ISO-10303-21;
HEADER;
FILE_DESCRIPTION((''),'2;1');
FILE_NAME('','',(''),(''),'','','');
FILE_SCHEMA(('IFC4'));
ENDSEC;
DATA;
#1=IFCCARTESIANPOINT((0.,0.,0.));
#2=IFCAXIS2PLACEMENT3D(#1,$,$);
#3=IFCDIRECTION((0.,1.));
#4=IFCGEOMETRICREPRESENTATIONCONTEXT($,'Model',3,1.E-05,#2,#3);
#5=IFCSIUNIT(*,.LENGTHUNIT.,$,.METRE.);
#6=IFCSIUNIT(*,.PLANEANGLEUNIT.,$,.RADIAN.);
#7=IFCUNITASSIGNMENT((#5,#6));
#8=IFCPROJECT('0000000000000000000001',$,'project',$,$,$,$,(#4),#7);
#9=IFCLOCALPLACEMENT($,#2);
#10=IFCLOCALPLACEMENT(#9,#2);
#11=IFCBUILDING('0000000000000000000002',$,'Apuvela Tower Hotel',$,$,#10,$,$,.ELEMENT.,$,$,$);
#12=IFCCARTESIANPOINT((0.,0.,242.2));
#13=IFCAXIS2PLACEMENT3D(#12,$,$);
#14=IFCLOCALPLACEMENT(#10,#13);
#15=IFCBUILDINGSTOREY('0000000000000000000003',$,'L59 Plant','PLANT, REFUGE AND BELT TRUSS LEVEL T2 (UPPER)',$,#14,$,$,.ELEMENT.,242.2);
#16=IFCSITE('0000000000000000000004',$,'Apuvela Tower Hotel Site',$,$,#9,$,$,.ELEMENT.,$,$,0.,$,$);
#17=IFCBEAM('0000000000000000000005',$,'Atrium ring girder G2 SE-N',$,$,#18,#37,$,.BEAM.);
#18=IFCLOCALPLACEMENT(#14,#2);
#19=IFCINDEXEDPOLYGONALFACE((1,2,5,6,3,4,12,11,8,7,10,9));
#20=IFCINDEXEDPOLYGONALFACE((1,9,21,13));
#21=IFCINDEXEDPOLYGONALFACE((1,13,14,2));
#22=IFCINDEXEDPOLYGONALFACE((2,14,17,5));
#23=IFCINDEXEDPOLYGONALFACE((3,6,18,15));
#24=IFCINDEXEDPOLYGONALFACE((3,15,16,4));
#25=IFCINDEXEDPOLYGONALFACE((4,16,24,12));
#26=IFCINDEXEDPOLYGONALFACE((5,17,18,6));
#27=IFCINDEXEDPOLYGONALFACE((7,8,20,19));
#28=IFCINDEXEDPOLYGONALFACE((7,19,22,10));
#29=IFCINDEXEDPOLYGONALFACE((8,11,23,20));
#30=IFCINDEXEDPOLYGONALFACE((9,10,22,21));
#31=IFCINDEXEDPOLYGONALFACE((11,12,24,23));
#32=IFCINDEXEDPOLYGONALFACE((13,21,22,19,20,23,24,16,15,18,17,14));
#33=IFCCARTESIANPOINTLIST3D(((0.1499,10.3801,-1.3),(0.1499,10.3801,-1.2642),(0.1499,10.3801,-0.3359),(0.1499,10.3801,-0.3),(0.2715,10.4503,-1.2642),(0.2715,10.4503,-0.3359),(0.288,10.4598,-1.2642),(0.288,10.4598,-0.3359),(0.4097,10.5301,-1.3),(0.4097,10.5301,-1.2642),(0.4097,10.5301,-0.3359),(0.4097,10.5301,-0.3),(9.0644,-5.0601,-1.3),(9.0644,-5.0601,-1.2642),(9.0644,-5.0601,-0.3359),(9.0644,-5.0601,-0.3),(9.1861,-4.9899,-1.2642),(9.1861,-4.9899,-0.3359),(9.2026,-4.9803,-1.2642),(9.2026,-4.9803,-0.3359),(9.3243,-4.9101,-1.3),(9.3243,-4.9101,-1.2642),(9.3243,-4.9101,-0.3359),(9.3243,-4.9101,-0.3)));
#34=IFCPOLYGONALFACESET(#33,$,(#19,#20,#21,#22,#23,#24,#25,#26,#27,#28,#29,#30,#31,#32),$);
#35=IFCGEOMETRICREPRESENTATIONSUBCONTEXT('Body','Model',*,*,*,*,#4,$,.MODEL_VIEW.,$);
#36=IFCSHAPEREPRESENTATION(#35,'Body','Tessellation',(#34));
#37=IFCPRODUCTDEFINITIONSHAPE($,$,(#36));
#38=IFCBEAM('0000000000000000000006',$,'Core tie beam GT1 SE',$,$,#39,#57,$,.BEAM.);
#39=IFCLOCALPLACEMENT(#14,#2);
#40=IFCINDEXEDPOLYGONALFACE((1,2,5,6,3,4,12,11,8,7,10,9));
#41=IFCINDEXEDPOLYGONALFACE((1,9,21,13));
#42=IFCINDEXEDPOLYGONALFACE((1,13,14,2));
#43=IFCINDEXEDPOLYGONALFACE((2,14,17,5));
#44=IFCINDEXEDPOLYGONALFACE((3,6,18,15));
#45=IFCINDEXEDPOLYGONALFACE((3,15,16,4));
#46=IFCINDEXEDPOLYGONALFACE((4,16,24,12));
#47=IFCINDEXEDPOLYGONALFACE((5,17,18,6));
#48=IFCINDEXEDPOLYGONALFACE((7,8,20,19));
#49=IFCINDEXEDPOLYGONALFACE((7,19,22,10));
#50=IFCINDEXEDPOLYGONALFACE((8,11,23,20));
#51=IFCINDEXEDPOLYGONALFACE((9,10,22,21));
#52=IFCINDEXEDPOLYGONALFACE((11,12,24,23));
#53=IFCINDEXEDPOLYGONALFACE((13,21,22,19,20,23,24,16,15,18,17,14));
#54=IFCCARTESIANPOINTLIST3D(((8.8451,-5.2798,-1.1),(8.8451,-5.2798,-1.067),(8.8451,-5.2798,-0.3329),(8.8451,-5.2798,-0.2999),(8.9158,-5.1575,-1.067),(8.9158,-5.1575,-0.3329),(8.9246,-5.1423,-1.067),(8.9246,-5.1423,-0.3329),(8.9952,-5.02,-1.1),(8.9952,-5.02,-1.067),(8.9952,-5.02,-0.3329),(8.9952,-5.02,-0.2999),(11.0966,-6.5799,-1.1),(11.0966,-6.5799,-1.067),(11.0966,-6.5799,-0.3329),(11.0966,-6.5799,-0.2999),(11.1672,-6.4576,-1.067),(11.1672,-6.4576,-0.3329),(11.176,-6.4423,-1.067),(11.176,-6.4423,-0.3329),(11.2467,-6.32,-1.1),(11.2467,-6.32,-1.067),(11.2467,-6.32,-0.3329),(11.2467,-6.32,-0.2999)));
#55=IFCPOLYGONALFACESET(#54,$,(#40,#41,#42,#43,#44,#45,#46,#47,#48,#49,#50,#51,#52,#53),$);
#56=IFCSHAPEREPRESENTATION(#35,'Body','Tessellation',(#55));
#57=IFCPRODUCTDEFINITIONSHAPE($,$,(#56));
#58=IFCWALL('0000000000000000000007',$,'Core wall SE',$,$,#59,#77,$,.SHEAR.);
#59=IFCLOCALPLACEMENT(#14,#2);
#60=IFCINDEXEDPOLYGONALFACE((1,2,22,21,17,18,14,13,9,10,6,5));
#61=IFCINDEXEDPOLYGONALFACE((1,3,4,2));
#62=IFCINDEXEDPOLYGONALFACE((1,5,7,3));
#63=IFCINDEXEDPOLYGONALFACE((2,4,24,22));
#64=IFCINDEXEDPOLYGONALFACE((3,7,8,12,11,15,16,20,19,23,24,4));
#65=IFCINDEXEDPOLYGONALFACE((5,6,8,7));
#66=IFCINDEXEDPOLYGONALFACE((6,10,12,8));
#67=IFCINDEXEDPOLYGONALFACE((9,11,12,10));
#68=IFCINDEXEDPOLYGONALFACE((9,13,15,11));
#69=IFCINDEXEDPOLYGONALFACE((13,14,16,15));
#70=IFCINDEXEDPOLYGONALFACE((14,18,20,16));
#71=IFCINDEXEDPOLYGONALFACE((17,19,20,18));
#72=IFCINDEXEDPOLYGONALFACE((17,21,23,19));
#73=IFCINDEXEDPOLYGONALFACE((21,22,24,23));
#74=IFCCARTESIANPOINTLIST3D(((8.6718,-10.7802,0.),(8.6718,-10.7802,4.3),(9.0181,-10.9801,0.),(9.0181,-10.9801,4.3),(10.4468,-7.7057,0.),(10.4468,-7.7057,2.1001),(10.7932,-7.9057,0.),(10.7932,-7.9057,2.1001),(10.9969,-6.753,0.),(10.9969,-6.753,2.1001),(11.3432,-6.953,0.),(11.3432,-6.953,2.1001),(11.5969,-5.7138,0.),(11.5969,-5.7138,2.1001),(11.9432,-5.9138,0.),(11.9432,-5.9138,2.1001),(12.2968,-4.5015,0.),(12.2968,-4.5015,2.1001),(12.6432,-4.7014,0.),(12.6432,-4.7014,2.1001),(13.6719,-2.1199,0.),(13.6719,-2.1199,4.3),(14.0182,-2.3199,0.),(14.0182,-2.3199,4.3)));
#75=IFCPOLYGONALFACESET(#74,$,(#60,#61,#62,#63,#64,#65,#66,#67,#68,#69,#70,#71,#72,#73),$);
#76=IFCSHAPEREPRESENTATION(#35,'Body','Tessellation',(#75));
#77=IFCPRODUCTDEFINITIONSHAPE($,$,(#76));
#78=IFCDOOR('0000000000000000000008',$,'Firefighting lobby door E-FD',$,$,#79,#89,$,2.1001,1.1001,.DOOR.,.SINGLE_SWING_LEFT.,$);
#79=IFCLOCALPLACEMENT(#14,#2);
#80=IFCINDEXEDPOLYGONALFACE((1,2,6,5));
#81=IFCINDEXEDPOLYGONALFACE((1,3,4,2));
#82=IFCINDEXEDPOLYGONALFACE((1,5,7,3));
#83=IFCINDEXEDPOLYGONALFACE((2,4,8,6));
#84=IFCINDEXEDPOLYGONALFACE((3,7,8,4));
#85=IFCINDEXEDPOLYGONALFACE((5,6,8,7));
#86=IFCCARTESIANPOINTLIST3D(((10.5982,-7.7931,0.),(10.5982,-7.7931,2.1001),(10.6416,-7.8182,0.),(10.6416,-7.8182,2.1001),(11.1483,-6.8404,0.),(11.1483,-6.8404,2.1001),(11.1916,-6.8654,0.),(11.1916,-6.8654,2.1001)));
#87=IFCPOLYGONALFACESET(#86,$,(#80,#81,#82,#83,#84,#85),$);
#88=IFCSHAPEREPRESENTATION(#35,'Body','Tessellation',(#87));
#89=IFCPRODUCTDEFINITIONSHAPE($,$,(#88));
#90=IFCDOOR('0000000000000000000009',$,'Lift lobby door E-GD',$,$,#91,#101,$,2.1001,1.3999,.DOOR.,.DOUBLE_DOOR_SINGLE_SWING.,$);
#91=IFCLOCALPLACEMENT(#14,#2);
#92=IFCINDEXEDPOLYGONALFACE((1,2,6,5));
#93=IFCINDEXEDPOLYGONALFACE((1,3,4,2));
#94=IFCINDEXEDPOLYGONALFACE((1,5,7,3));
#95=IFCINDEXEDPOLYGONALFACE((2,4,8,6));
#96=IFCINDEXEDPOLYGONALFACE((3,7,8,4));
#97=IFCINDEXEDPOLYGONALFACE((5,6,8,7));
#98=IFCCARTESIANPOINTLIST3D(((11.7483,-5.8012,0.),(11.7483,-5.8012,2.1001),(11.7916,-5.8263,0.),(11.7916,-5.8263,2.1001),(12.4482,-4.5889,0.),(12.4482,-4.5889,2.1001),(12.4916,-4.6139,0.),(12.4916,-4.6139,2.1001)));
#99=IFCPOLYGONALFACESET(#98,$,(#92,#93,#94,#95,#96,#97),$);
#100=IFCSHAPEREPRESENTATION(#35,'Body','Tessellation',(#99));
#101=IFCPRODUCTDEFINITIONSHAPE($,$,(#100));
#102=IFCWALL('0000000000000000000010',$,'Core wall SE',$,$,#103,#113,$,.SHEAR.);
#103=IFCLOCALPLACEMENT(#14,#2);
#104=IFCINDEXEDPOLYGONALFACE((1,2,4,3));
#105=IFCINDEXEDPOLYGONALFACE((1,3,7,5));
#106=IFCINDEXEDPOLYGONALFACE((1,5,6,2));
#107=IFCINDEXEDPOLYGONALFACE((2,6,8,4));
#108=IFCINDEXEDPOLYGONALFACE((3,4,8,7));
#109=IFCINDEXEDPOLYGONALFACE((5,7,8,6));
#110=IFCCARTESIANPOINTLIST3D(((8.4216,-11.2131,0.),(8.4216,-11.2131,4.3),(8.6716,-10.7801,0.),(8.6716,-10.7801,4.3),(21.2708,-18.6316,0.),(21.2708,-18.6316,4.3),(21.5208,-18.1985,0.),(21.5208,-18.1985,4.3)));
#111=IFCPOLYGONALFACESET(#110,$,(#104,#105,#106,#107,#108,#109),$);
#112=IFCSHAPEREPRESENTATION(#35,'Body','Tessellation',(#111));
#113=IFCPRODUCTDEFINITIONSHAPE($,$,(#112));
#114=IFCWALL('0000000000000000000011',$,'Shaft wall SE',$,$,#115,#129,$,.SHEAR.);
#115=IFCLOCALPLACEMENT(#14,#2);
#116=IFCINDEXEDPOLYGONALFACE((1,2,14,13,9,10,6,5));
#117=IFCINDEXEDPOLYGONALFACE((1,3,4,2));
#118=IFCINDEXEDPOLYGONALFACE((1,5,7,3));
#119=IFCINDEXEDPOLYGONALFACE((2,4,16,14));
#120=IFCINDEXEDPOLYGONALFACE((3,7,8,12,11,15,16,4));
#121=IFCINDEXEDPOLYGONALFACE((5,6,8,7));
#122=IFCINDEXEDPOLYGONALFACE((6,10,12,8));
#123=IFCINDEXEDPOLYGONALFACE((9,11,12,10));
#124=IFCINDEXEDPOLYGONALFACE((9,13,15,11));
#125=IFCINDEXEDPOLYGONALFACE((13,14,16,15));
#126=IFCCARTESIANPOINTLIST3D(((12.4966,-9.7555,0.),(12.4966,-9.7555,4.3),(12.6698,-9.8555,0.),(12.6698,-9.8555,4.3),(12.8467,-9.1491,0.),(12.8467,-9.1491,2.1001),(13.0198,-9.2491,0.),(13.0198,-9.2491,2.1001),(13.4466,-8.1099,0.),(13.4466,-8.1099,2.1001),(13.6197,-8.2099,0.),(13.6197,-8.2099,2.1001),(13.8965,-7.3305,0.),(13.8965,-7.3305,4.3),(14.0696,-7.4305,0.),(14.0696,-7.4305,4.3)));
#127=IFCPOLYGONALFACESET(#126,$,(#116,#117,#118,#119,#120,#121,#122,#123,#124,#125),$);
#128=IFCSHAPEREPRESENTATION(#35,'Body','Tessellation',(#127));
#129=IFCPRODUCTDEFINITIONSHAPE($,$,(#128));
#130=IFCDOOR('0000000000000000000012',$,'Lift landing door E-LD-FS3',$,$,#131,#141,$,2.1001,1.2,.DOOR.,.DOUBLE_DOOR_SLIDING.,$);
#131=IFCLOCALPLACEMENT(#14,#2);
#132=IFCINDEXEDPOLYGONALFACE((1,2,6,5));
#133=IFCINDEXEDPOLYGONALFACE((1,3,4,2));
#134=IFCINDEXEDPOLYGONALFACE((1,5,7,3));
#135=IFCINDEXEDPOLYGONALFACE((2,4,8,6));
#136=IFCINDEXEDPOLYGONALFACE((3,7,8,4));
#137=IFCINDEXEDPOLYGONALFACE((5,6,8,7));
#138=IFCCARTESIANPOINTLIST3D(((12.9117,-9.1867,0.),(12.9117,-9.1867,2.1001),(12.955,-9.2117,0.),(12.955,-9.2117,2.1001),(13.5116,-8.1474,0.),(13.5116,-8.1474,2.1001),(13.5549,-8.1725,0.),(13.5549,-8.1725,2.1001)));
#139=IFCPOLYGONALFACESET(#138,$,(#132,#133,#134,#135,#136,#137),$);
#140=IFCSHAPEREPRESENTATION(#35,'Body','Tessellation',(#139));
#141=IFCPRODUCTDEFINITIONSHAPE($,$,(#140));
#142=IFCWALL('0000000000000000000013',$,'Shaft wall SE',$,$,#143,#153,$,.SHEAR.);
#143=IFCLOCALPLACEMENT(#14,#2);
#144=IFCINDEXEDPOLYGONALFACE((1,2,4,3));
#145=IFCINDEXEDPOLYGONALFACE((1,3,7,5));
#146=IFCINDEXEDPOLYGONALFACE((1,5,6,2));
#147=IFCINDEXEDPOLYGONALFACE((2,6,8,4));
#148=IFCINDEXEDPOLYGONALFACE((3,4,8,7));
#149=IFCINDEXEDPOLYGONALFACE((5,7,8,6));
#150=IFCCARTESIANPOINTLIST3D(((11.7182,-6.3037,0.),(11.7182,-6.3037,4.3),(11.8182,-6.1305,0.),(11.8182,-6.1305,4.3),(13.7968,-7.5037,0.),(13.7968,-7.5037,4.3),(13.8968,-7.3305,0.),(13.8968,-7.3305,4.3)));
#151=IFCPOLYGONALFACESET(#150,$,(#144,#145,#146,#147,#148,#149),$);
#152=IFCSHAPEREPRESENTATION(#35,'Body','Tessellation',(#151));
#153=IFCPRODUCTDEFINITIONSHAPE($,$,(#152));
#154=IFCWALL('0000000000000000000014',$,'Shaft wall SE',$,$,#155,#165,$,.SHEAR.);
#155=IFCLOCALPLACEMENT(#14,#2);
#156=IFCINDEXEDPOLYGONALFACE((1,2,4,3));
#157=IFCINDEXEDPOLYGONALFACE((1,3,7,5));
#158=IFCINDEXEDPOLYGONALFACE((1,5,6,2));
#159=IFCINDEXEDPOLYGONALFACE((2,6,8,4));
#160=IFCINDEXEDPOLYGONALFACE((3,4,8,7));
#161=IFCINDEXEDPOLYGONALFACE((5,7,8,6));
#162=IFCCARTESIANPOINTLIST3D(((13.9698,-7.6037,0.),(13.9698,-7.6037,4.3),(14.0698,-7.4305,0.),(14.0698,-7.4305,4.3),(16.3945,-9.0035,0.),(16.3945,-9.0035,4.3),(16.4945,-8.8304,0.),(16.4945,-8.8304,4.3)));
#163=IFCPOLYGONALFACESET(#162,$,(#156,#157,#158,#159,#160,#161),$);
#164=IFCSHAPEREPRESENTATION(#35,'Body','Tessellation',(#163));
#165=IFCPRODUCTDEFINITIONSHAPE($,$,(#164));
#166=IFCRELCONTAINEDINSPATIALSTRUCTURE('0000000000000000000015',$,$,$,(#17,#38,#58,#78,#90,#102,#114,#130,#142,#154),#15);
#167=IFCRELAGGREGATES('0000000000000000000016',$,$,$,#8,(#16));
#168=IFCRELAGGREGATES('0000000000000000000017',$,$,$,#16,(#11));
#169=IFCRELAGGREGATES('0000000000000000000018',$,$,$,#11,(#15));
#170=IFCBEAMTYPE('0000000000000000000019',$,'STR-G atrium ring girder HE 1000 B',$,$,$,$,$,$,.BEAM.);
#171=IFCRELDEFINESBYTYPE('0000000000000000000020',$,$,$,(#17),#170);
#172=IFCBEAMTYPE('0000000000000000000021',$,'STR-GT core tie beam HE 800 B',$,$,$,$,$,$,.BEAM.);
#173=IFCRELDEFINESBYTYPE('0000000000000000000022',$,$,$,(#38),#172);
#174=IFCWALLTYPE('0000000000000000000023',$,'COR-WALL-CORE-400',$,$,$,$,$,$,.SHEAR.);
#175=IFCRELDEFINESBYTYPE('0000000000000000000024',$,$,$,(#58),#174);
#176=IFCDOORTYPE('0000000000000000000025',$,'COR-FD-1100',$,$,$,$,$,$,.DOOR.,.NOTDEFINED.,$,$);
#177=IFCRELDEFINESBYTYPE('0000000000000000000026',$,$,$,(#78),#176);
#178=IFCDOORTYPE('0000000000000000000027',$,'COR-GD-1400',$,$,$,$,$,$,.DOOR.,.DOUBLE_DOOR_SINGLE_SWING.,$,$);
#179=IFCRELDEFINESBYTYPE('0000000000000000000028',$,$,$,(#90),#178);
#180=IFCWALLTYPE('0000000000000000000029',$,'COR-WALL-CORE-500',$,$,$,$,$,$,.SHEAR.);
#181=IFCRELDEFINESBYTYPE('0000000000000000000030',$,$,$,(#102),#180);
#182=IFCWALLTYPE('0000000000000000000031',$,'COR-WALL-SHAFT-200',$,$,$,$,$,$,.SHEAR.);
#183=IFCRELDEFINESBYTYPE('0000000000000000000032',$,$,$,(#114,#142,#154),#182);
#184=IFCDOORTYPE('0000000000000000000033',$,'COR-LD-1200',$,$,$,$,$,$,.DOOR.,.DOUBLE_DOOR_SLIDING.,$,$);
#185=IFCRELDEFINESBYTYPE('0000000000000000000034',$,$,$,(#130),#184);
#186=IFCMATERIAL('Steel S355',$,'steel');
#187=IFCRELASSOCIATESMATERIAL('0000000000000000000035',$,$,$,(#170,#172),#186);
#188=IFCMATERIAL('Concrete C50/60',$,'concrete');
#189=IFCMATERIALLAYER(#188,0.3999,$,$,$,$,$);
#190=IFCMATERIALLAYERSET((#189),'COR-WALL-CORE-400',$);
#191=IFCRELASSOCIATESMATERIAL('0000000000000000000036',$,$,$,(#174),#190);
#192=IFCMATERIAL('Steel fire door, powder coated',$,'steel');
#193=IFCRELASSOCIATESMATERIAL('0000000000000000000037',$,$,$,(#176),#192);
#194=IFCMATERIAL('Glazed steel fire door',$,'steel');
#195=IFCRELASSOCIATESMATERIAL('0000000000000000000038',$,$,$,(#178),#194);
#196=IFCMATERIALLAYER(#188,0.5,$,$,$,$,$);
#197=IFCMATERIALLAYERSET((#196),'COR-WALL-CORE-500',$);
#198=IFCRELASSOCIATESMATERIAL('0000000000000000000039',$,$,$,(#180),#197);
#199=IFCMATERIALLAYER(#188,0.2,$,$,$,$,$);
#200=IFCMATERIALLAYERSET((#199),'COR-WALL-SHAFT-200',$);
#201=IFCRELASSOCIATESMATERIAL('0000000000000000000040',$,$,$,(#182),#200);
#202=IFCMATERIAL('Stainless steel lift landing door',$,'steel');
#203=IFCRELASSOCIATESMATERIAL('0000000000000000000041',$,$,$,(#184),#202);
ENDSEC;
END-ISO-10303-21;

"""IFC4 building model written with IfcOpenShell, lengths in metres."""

from ifc_helpers import new_model, si_unit, direction, frame, frame_2d, origin, origin_2d, place, context, subcontext, project, spatial, rectangle, i_section, extrude, material, layer, layer_set, material_profile, profile_set, type_object, element, fill, save


model = new_model("IFC4")

# Units and contexts
model_context = context("Model", 3, precision=1e-05, world=origin(), true_north=direction((0.0, 1.0)))
body_context = subcontext(model_context, "Body", "Model", "MODEL_VIEW")
ifc_project = project(units=[si_unit("LENGTHUNIT", "METRE"), si_unit("PLANEANGLEUNIT", "RADIAN")], contexts=[model_context])

# Site, building, storey
site_placement = place(None, origin())
site = spatial("IfcSite", under=ifc_project, at=site_placement, Name="Apuvela Tower Hotel Site", CompositionType="ELEMENT", RefElevation=0.0)
building_placement = place(site_placement, origin())
building = spatial("IfcBuilding", under=site, at=building_placement, Name="Apuvela Tower Hotel", CompositionType="ELEMENT")
storey_placement = place(building_placement, frame((0.0, 0.0, 242.2)))
storey = spatial("IfcBuildingStorey", under=building, at=storey_placement, Name="L59 Plant", Description="PLANT, REFUGE AND BELT TRUSS LEVEL T2 (UPPER)", CompositionType="ELEMENT", Elevation=242.2)

# Beams
ifc_material_1 = material(Name="Steel S355", Category="steel")
ifc_material_profile_1 = material_profile(ifc_material_1, i_section(OverallWidth=0.3, OverallDepth=1.0, WebThickness=0.019, FlangeThickness=0.0359, at=origin_2d()), Name="HE 1000 B")
ifc_profile_set_1 = profile_set([ifc_material_profile_1], Name="Steel S355")
beam_type_1 = type_object("IfcBeamType", Name="STR-G atrium ring girder HE 1000 B", PredefinedType="BEAM", material=ifc_profile_set_1)
beam_1_placement = place(storey_placement, frame((9.1943, -4.9851, -0.8), z_axis=(-0.500007, 0.866022, 0.0), x_axis=(-0.866022, -0.500007, 0.0)))
element("IfcBeam", 1, at=beam_1_placement, inside=storey, type_object=beam_type_1, Name="Atrium ring girder G2 SE-N", PredefinedType="BEAM", context=body_context, shape_type="SweptSolid", body=[
    extrude(i_section(OverallWidth=0.3, OverallDepth=1.0, WebThickness=0.019, FlangeThickness=0.0359, at=origin_2d()), origin(), (0.0, 0.0, 1.0), 17.8289),
])
ifc_material_profile_2 = material_profile(ifc_material_1, i_section(OverallWidth=0.3, OverallDepth=0.8, WebThickness=0.0176, FlangeThickness=0.033, at=origin_2d()), Name="HE 800 B")
ifc_profile_set_2 = profile_set([ifc_material_profile_2], Name="Steel S355")
beam_type_2 = type_object("IfcBeamType", Name="STR-GT core tie beam HE 800 B", PredefinedType="BEAM", material=ifc_profile_set_2)
beam_2_placement = place(storey_placement, frame((11.1716, -6.45, -0.7), z_axis=(-0.865998, 0.500048, 0.0), x_axis=(-0.500048, -0.865998, 0.0)))
element("IfcBeam", 2, at=beam_2_placement, inside=storey, type_object=beam_type_2, Name="Core tie beam GT1 SE", PredefinedType="BEAM", context=body_context, shape_type="SweptSolid", body=[
    extrude(i_section(OverallWidth=0.3, OverallDepth=0.8, WebThickness=0.0176, FlangeThickness=0.033, at=origin_2d()), origin(), (0.0, 0.0, 1.0), 2.5999),
])

# Wall, openings, doors
ifc_material_2 = material(Name="Concrete C50/60", Category="concrete")
ifc_layer_1 = layer(ifc_material_2, 0.3999)
ifc_layer_set_1 = layer_set([ifc_layer_1], Name="COR-WALL-CORE-400")
wall_type_1 = type_object("IfcWallType", Name="COR-WALL-CORE-400", PredefinedType="SHEAR", material=ifc_layer_set_1)
wall_1_placement = place(storey_placement, frame((8.845, -10.8801, 0.0), z_axis=(0.0, 0.0, 1.0), x_axis=(0.500004, 0.866023, 0.0)))
wall_1 = element("IfcWall", 3, at=wall_1_placement, inside=storey, type_object=wall_type_1, Name="Core wall SE", PredefinedType="SHEAR", context=body_context, shape_type="SweptSolid", body=[
    extrude(rectangle(XDim=10.0, YDim=0.3999, at=frame_2d((5.0, 0.0))), origin(), (0.0, 0.0, 1.0), 4.3),
])
opening_1_placement = place(wall_1_placement, frame((3.55, 0.0, 0.0)))
opening_1 = element("IfcOpeningElement", 4, at=opening_1_placement, cuts=wall_1, PredefinedType="OPENING", context=body_context, shape_type="SweptSolid", body=[
    extrude(rectangle(XDim=1.1001, YDim=2.1001, at=frame_2d((0.55, 1.05))), frame((0.0, 0.21, 0.0), z_axis=(0.0, -1.0, 0.0), x_axis=(1.0, 0.0, 0.0)), (0.0, 0.0, 1.0), 0.4199),
])
opening_2_placement = place(wall_1_placement, frame((5.8501, 0.0, 0.0)))
opening_2 = element("IfcOpeningElement", 5, at=opening_2_placement, cuts=wall_1, PredefinedType="OPENING", context=body_context, shape_type="SweptSolid", body=[
    extrude(rectangle(XDim=1.3999, YDim=2.1001, at=frame_2d((0.7, 1.05))), frame((0.0, 0.21, 0.0), z_axis=(0.0, -1.0, 0.0), x_axis=(1.0, 0.0, 0.0)), (0.0, 0.0, 1.0), 0.4199),
])
ifc_material_3 = material(Name="Steel fire door, powder coated", Category="steel")
door_type_1 = type_object("IfcDoorType", Name="COR-FD-1100", OperationType="NOTDEFINED", PredefinedType="DOOR", material=ifc_material_3)
door_1_placement = place(opening_1_placement, frame((1.1001, 0.0, 0.0), z_axis=(0.0, 0.0, 1.0), x_axis=(-1.0, 0.0, 0.0)))
door_1 = element("IfcDoor", 6, at=door_1_placement, inside=storey, type_object=door_type_1, Name="Firefighting lobby door E-FD", OperationType="SINGLE_SWING_LEFT", OverallHeight=2.1001, OverallWidth=1.1001, PredefinedType="DOOR", context=body_context, shape_type="SweptSolid", body=[
    extrude(rectangle(XDim=1.1001, YDim=2.1001, at=frame_2d((0.55, 1.05))), frame((0.0, 0.0249, 0.0), z_axis=(0.0, -1.0, 0.0), x_axis=(1.0, 0.0, 0.0)), (0.0, 0.0, 1.0), 0.05),
])
fill(opening_1, door_1)
ifc_material_4 = material(Name="Glazed steel fire door", Category="steel")
door_type_2 = type_object("IfcDoorType", Name="COR-GD-1400", OperationType="DOUBLE_DOOR_SINGLE_SWING", PredefinedType="DOOR", material=ifc_material_4)
door_2_placement = place(opening_2_placement, frame((1.3999, 0.0, 0.0), z_axis=(0.0, 0.0, 1.0), x_axis=(-1.0, 0.0, 0.0)))
door_2 = element("IfcDoor", 7, at=door_2_placement, inside=storey, type_object=door_type_2, Name="Lift lobby door E-GD", OperationType="DOUBLE_DOOR_SINGLE_SWING", OverallHeight=2.1001, OverallWidth=1.3999, PredefinedType="DOOR", context=body_context, shape_type="SweptSolid", body=[
    extrude(rectangle(XDim=1.3999, YDim=2.1001, at=frame_2d((0.7, 1.05))), frame((0.0, 0.0249, 0.0), z_axis=(0.0, -1.0, 0.0), x_axis=(1.0, 0.0, 0.0)), (0.0, 0.0, 1.0), 0.05),
])
fill(opening_2, door_2)

# Wall
ifc_layer_2 = layer(ifc_material_2, 0.5)
ifc_layer_set_2 = layer_set([ifc_layer_2], Name="COR-WALL-CORE-500")
wall_type_2 = type_object("IfcWallType", Name="COR-WALL-CORE-500", PredefinedType="SHEAR", material=ifc_layer_set_2)
wall_2_placement = place(storey_placement, frame((8.5466, -10.9966, 0.0), z_axis=(0.0, 0.0, 1.0), x_axis=(0.866025, -0.500001, 0.0)))
element("IfcWall", 8, at=wall_2_placement, inside=storey, type_object=wall_type_2, Name="Core wall SE", PredefinedType="SHEAR", context=body_context, shape_type="SweptSolid", body=[
    extrude(rectangle(XDim=14.8369, YDim=0.5, at=frame_2d((7.4185, 0.0))), origin(), (0.0, 0.0, 1.0), 4.3),
])

# Wall, opening, door
ifc_layer_3 = layer(ifc_material_2, 0.2)
ifc_layer_set_3 = layer_set([ifc_layer_3], Name="COR-WALL-SHAFT-200")
wall_type_3 = type_object("IfcWallType", Name="COR-WALL-SHAFT-200", PredefinedType="SHEAR", material=ifc_layer_set_3)
wall_3_placement = place(storey_placement, frame((12.5833, -9.8054, 0.0), z_axis=(0.0, 0.0, 1.0), x_axis=(0.499946, 0.866056, 0.0)))
wall_3 = element("IfcWall", 9, at=wall_3_placement, inside=storey, type_object=wall_type_3, Name="Shaft wall SE", PredefinedType="SHEAR", context=body_context, shape_type="SweptSolid", body=[
    extrude(rectangle(XDim=2.8, YDim=0.2, at=frame_2d((1.3999, 0.0))), origin(), (0.0, 0.0, 1.0), 4.3),
])
opening_3_placement = place(wall_3_placement, frame((0.7, 0.0, 0.0)))
opening_3 = element("IfcOpeningElement", 10, at=opening_3_placement, cuts=wall_3, PredefinedType="OPENING", context=body_context, shape_type="SweptSolid", body=[
    extrude(rectangle(XDim=1.2, YDim=2.1001, at=frame_2d((0.6001, 1.05))), frame((0.0, 0.1099, 0.0), z_axis=(0.0, -1.0, 0.0), x_axis=(1.0, 0.0, 0.0)), (0.0, 0.0, 1.0), 0.22),
])
ifc_material_5 = material(Name="Stainless steel lift landing door", Category="steel")
door_type_3 = type_object("IfcDoorType", Name="COR-LD-1200", OperationType="DOUBLE_DOOR_SLIDING", PredefinedType="DOOR", material=ifc_material_5)
door_3_placement = place(opening_3_placement, origin())
door_3 = element("IfcDoor", 11, at=door_3_placement, inside=storey, type_object=door_type_3, Name="Lift landing door E-LD-FS3", OperationType="DOUBLE_DOOR_SLIDING", OverallHeight=2.1001, OverallWidth=1.2, PredefinedType="DOOR", context=body_context, shape_type="SweptSolid", body=[
    extrude(rectangle(XDim=1.2, YDim=2.1001, at=frame_2d((0.6001, 1.05))), frame((0.0, 0.0249, 0.0), z_axis=(0.0, -1.0, 0.0), x_axis=(1.0, 0.0, 0.0)), (0.0, 0.0, 1.0), 0.05),
])
fill(opening_3, door_3)

# Walls
wall_4_placement = place(storey_placement, frame((11.7681, -6.217, 0.0), z_axis=(0.0, 0.0, 1.0), x_axis=(0.86605, -0.499957, 0.0)))
element("IfcWall", 12, at=wall_4_placement, inside=storey, type_object=wall_type_3, Name="Shaft wall SE", PredefinedType="SHEAR", context=body_context, shape_type="SweptSolid", body=[
    extrude(rectangle(XDim=2.4001, YDim=0.2, at=frame_2d((1.2002, 0.0))), origin(), (0.0, 0.0, 1.0), 4.3),
])
wall_5_placement = place(storey_placement, frame((14.0198, -7.5171, 0.0), z_axis=(0.0, 0.0, 1.0), x_axis=(0.866035, -0.499984, 0.0)))
element("IfcWall", 13, at=wall_5_placement, inside=storey, type_object=wall_type_3, Name="Shaft wall SE", PredefinedType="SHEAR", context=body_context, shape_type="SweptSolid", body=[
    extrude(rectangle(XDim=2.7998, YDim=0.2, at=frame_2d((1.3999, 0.0))), origin(), (0.0, 0.0, 1.0), 4.3),
])

save(model, "model.ifc")
